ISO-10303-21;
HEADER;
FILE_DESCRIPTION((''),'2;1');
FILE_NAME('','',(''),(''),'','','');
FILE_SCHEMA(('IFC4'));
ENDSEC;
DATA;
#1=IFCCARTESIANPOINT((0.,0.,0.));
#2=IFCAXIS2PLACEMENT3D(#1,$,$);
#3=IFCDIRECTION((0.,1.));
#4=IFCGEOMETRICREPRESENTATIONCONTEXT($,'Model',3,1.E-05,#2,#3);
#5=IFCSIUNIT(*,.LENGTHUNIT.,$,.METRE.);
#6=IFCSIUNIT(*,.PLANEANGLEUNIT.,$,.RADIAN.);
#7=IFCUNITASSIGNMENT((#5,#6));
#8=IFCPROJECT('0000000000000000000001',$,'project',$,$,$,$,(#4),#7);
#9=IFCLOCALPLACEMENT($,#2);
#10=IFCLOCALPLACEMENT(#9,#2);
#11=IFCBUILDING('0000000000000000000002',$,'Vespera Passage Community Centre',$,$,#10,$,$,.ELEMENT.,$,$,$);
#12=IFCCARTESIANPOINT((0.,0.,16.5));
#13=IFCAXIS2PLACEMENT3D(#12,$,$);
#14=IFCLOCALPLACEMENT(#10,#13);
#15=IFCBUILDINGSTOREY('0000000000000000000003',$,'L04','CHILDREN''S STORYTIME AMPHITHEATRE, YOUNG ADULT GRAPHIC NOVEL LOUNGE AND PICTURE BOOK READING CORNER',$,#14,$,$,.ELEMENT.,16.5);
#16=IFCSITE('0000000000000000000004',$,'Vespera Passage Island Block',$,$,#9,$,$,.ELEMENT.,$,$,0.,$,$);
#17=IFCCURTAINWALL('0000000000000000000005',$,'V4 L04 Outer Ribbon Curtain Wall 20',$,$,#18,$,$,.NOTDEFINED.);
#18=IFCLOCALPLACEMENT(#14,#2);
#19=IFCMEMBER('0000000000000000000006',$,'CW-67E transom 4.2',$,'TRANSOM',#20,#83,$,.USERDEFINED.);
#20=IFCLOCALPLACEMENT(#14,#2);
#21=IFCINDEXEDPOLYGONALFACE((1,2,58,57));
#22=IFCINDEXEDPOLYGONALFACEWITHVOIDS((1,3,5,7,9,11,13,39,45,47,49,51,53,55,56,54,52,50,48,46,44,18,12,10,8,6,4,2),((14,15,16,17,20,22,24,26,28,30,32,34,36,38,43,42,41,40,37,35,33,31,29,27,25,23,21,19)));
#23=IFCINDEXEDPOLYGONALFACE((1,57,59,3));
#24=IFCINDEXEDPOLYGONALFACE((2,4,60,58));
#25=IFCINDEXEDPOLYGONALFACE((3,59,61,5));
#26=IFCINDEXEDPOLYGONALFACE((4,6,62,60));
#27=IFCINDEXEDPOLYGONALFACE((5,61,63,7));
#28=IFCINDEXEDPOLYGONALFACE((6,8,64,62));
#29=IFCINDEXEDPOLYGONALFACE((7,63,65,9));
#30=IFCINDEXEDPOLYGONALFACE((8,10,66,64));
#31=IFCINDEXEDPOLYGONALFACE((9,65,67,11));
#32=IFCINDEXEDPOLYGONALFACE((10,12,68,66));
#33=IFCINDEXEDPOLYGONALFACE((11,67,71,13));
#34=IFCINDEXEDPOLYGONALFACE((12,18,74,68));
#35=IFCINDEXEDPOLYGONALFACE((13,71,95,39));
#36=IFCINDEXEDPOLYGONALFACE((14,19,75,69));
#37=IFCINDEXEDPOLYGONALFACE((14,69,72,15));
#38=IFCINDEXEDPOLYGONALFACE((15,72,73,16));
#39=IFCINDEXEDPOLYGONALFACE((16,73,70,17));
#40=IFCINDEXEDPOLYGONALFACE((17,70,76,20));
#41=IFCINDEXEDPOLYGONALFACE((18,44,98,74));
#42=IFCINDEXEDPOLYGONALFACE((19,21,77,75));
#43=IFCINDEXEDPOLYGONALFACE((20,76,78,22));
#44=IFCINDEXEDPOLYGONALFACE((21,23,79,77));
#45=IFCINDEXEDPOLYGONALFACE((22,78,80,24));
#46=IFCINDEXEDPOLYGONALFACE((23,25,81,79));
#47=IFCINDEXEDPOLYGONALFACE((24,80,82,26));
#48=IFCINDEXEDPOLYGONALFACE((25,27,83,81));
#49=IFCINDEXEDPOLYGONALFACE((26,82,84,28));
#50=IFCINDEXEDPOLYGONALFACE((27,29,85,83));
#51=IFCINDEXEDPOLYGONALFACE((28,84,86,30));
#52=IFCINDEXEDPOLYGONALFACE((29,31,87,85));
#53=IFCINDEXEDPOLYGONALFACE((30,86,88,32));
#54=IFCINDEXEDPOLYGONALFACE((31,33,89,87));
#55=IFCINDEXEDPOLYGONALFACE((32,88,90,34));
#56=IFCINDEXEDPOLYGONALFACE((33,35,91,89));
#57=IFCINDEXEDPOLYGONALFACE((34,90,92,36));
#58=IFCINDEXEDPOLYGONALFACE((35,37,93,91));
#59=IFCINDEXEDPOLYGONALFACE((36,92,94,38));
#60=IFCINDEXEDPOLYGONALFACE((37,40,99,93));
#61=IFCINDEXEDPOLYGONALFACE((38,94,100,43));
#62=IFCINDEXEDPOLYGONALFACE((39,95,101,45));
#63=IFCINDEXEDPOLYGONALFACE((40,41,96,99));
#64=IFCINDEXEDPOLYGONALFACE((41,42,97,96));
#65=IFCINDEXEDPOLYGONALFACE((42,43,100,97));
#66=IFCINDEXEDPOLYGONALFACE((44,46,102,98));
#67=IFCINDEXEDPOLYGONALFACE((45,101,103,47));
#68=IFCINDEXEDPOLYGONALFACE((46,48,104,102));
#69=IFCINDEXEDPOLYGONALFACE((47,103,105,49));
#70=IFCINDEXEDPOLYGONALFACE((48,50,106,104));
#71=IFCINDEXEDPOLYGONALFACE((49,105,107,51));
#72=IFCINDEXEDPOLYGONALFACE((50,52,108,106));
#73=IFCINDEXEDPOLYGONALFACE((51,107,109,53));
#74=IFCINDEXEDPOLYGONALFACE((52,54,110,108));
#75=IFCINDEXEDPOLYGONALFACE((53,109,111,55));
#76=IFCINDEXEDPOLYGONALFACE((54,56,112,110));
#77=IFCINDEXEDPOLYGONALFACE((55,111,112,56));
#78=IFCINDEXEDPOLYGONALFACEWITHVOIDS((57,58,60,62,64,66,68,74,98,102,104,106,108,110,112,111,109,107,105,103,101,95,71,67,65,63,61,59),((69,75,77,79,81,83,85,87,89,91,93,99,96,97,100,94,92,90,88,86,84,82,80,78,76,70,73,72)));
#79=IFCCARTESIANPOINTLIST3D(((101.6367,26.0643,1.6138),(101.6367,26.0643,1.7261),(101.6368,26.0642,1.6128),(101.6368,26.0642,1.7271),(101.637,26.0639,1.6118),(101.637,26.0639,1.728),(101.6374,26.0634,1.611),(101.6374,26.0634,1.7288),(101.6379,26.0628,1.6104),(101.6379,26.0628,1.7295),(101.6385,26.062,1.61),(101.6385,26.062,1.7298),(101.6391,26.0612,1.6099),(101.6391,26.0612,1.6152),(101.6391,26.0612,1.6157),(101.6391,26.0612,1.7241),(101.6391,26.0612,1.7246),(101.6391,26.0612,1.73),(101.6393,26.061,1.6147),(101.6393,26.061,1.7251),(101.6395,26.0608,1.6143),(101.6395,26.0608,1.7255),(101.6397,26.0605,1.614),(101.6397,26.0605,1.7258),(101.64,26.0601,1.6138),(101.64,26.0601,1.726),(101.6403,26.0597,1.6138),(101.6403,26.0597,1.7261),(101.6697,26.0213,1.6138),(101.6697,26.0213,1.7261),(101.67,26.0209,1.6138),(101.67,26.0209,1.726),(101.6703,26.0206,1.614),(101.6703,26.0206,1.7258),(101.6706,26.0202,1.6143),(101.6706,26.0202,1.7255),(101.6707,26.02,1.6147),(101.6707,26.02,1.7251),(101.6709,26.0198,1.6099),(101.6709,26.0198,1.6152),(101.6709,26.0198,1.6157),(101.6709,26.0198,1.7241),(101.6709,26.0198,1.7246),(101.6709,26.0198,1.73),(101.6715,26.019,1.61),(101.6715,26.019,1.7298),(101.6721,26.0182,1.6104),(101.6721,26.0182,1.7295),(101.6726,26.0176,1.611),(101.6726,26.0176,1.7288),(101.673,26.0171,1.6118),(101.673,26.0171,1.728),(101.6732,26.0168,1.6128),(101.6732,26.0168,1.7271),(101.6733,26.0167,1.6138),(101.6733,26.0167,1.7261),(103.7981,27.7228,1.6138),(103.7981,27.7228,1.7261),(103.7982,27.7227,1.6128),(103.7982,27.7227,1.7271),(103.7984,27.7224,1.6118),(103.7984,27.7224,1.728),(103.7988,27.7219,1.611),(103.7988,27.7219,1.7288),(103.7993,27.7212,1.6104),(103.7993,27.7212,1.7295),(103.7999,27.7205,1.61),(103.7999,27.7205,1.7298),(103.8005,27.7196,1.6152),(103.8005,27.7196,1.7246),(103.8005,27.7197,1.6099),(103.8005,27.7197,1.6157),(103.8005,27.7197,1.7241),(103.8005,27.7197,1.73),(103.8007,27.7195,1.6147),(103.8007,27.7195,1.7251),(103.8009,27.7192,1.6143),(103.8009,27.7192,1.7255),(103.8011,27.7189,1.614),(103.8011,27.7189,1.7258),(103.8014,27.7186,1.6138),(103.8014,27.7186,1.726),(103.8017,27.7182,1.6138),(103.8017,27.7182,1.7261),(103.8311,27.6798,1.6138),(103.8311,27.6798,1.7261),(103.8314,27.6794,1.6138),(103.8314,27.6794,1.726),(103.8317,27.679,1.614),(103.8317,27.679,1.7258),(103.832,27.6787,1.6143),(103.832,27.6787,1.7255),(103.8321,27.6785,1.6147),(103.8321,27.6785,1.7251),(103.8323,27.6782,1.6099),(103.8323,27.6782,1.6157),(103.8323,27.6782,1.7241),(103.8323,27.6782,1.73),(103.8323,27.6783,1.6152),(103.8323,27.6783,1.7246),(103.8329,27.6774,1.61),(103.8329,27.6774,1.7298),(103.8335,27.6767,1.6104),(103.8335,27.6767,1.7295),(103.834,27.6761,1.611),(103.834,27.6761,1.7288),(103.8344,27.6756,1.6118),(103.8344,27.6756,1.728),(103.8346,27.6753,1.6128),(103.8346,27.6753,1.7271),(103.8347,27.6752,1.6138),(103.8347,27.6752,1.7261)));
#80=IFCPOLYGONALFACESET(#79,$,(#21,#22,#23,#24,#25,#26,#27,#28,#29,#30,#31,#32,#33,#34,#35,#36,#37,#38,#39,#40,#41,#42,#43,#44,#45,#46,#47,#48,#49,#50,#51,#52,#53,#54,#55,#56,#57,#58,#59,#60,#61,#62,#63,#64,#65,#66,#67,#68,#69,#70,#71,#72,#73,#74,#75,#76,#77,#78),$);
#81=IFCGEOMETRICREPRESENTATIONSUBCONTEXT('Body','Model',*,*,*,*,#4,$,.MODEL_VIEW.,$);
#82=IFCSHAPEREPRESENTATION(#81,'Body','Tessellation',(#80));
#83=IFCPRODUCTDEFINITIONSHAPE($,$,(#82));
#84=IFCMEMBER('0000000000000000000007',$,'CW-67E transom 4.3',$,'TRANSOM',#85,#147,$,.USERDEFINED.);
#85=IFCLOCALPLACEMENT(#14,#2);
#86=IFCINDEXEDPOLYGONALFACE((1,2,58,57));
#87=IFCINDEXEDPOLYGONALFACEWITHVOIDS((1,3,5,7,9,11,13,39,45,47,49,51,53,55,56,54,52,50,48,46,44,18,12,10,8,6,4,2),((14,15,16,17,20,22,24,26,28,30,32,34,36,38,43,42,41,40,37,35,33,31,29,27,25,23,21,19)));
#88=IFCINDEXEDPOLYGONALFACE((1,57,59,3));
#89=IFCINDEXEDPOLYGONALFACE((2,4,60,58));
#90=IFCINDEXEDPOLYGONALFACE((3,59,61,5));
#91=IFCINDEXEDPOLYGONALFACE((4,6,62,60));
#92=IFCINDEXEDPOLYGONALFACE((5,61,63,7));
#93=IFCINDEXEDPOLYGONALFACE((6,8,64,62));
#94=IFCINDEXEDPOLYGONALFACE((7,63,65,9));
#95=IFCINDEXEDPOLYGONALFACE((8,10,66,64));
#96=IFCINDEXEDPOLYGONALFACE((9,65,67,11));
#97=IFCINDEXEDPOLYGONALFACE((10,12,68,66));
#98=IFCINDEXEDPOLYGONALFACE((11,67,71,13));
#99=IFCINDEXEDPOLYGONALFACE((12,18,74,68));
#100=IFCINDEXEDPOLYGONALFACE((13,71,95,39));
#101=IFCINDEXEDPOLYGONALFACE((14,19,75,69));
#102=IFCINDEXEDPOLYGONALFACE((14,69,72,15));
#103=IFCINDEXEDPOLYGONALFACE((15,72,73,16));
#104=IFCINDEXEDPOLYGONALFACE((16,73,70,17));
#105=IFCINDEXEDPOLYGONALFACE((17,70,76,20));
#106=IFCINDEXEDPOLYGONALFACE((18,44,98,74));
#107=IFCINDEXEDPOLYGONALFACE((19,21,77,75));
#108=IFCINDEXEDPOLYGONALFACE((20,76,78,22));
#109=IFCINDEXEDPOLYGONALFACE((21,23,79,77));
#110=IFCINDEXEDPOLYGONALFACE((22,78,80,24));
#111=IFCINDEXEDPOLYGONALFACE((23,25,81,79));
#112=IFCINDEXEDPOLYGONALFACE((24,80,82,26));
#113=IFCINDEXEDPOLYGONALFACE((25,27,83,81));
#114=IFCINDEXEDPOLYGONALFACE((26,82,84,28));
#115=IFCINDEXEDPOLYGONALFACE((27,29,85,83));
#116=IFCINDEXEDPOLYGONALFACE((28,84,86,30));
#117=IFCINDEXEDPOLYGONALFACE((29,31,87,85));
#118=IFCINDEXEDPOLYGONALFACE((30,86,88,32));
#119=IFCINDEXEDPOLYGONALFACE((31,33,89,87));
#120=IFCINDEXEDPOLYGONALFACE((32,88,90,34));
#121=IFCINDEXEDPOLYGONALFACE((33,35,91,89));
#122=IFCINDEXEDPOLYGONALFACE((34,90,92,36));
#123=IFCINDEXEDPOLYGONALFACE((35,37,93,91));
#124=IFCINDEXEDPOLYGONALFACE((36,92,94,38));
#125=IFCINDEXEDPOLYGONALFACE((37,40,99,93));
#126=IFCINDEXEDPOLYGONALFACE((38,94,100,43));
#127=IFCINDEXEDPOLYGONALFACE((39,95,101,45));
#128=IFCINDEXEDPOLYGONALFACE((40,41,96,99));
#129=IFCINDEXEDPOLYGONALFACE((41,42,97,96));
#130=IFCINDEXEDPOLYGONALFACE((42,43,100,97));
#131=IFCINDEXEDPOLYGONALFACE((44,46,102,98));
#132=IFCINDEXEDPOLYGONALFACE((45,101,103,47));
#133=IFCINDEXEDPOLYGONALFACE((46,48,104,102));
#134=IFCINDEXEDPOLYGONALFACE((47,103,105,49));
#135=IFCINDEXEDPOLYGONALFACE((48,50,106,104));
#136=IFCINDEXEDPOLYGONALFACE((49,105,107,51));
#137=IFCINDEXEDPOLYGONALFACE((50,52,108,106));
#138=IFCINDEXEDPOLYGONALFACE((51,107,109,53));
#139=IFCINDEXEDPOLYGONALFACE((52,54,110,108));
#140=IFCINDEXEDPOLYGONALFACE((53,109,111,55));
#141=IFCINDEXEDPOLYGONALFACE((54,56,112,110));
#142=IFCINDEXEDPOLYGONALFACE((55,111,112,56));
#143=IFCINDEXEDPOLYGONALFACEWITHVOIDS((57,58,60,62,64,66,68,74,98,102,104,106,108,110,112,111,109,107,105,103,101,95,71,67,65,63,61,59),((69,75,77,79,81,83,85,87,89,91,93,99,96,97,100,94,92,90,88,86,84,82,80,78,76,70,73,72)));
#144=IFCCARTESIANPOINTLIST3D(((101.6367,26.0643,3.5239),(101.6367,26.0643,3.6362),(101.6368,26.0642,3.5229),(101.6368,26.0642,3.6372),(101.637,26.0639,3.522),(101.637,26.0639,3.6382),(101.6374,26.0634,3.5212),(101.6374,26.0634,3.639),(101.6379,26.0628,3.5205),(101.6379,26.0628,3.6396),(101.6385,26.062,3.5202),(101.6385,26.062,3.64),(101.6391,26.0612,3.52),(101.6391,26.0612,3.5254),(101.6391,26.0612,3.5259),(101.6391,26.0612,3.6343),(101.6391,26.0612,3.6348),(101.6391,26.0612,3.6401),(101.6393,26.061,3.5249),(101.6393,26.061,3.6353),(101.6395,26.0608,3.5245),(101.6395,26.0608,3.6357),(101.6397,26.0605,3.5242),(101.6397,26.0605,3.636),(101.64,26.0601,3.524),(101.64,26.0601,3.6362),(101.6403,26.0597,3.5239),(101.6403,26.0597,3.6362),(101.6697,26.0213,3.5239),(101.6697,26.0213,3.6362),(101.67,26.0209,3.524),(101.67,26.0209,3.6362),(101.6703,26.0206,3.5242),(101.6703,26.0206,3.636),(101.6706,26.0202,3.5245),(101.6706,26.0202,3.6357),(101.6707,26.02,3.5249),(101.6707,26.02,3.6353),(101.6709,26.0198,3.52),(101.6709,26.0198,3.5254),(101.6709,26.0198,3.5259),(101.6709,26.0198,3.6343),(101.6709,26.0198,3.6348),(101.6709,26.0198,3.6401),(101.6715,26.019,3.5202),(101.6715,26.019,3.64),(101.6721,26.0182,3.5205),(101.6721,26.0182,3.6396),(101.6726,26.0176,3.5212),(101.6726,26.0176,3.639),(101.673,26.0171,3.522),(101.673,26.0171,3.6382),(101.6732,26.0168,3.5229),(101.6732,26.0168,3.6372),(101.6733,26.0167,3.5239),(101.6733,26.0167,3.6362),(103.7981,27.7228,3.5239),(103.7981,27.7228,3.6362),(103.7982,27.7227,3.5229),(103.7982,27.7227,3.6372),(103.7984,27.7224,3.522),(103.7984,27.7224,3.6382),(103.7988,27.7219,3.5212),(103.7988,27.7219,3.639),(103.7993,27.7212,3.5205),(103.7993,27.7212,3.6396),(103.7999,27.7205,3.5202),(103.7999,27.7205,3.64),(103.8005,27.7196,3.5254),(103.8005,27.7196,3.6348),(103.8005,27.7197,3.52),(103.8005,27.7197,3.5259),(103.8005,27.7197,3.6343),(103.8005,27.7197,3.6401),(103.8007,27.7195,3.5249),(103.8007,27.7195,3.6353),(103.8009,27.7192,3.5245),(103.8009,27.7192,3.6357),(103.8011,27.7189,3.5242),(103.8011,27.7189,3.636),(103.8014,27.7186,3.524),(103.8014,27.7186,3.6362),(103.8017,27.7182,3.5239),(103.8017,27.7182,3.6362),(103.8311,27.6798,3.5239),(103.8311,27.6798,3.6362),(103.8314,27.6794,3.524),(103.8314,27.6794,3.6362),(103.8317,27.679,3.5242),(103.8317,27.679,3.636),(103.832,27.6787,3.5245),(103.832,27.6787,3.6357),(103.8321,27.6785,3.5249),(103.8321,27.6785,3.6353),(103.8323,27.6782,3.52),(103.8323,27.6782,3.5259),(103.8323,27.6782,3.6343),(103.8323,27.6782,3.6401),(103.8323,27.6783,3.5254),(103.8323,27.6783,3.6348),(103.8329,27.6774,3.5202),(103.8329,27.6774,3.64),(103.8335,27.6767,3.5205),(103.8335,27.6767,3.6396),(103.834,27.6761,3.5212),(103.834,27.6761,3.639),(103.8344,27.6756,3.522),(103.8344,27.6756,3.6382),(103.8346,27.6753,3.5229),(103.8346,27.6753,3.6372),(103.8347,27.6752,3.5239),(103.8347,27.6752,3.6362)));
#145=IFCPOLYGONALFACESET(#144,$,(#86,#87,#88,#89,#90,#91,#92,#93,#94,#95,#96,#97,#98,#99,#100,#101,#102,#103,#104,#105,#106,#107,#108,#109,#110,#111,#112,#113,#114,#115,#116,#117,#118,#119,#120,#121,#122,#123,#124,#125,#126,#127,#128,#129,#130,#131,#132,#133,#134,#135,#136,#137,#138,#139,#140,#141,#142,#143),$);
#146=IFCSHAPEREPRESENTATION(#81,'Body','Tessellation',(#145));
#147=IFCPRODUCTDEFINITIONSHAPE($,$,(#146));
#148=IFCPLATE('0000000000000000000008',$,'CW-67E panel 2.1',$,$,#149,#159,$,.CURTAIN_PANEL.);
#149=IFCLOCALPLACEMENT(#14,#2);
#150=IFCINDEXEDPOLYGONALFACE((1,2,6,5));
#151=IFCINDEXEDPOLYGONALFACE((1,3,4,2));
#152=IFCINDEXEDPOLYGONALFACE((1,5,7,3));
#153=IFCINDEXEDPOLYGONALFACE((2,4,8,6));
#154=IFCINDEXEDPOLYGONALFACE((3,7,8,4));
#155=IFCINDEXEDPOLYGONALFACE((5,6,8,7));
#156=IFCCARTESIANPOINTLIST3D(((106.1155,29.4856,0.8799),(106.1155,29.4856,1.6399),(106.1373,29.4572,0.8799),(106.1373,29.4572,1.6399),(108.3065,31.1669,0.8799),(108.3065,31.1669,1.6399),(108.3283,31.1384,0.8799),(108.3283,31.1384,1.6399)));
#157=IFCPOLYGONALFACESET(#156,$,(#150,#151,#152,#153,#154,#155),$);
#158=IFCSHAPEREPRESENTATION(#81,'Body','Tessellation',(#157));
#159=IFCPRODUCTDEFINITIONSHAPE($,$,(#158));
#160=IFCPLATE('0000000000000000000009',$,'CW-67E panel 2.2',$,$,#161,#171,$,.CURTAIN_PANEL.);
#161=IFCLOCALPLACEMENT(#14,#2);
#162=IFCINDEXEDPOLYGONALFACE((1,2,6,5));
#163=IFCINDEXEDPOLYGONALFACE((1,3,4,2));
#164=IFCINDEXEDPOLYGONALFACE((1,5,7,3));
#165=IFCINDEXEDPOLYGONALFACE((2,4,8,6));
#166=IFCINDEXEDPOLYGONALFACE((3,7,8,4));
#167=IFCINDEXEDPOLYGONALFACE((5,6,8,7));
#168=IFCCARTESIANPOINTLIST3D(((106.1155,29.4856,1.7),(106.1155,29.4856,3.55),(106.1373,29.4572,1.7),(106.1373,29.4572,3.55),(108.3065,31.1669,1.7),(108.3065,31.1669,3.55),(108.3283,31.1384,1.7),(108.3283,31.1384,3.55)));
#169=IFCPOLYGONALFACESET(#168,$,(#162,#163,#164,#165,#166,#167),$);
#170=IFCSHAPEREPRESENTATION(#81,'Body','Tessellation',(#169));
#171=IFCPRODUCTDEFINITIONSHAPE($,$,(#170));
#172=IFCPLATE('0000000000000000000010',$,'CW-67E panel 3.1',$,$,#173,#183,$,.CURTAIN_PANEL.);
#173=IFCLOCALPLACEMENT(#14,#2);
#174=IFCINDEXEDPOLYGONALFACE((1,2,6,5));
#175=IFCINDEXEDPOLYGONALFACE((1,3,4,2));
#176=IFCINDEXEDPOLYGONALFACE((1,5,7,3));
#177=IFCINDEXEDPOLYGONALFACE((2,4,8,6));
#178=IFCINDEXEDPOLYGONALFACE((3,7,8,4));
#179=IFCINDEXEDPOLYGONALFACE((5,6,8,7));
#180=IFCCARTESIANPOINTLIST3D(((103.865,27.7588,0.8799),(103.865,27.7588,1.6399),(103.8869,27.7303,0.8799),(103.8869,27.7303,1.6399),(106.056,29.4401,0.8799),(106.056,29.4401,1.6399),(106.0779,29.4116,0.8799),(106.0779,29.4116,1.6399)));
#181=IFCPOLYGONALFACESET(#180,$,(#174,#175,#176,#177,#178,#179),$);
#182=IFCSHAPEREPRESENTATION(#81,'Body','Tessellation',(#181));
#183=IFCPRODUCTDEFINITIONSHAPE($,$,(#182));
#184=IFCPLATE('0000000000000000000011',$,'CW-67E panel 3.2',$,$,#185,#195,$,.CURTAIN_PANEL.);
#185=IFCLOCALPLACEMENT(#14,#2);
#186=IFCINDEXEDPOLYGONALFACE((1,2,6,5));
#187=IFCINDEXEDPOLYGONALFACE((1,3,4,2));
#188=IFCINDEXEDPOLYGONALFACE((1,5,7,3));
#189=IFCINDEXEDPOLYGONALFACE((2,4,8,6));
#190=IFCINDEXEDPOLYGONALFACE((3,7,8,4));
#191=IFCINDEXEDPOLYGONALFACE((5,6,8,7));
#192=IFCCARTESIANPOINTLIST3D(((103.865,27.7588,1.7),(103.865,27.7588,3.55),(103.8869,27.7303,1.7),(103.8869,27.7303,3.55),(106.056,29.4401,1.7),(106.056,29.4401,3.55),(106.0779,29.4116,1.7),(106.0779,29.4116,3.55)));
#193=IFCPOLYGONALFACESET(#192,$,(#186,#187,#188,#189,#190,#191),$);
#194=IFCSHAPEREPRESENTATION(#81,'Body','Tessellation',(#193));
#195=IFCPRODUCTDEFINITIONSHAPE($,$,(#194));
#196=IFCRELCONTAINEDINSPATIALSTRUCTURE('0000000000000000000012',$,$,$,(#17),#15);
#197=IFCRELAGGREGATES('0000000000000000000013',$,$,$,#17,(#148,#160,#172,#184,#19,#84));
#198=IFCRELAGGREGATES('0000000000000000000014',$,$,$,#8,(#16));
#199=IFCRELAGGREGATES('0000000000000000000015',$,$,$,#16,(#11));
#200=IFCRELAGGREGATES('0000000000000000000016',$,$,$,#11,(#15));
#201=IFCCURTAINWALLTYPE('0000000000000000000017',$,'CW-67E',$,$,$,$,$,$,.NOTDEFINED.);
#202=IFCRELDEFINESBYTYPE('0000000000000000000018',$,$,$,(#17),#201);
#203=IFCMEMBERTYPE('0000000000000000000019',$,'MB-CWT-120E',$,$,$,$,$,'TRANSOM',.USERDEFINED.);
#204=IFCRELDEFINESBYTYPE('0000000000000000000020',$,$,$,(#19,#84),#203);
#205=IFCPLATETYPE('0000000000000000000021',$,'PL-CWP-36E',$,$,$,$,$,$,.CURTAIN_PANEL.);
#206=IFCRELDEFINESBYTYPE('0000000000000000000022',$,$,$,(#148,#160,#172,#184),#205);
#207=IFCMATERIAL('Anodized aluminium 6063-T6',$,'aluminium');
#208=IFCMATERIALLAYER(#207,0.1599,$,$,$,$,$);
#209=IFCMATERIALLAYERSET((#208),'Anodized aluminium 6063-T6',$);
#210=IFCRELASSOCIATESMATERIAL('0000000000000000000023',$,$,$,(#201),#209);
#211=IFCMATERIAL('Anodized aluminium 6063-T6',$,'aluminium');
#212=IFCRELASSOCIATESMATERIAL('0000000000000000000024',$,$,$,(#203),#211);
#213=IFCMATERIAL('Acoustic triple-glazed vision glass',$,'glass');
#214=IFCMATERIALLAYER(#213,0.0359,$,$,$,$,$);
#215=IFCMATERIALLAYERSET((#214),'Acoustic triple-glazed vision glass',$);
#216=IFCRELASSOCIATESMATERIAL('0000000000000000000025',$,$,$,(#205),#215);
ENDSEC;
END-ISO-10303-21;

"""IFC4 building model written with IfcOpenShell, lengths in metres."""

from ifc_helpers import new_model, si_unit, direction, frame, origin, origin_2d, place, context, subcontext, project, spatial, rectangle, hollow_rectangle, extrude, material, layer, layer_set, material_profile, profile_set, type_object, element, aggregate, save


model = new_model("IFC4")

# Units and contexts
model_context = context("Model", 3, precision=1e-05, world=origin(), true_north=direction((0.0, 1.0)))
body_context = subcontext(model_context, "Body", "Model", "MODEL_VIEW")
ifc_project = project(units=[si_unit("LENGTHUNIT", "METRE"), si_unit("PLANEANGLEUNIT", "RADIAN")], contexts=[model_context])

# Site, building, storey
site_placement = place(None, origin())
site = spatial("IfcSite", under=ifc_project, at=site_placement, Name="Vespera Passage Island Block", CompositionType="ELEMENT", RefElevation=0.0)
building_placement = place(site_placement, origin())
building = spatial("IfcBuilding", under=site, at=building_placement, Name="Vespera Passage Community Centre", CompositionType="ELEMENT")
storey_placement = place(building_placement, frame((0.0, 0.0, 16.5)))
storey = spatial("IfcBuildingStorey", under=building, at=storey_placement, Name="L04", Description="CHILDREN'S STORYTIME AMPHITHEATRE, YOUNG ADULT GRAPHIC NOVEL LOUNGE AND PICTURE BOOK READING CORNER", CompositionType="ELEMENT", Elevation=16.5)

# Curtain wall
ifc_material_1 = material(Name="Anodized aluminium 6063-T6", Category="aluminium")
ifc_layer_1 = layer(ifc_material_1, 0.1599)
ifc_layer_set_1 = layer_set([ifc_layer_1], Name="Anodized aluminium 6063-T6")
curtain_wall_type_1 = type_object("IfcCurtainWallType", Name="CW-67E", PredefinedType="NOTDEFINED", material=ifc_layer_set_1)
curtain_wall_1_placement = place(storey_placement, origin())
curtain_wall_1 = element("IfcCurtainWall", 1, at=curtain_wall_1_placement, inside=storey, type_object=curtain_wall_type_1, Name="V4 L04 Outer Ribbon Curtain Wall 20", PredefinedType="NOTDEFINED")

# Members
ifc_material_2 = material(Name="Anodized aluminium 6063-T6", Category="aluminium")
ifc_material_profile_1 = material_profile(ifc_material_2, hollow_rectangle(XDim=0.0601, YDim=0.1201, WallThickness=0.0039, InnerFilletRadius=0.002, OuterFilletRadius=0.0039, at=origin_2d()), Name="ALU120X60X4")
ifc_profile_set_1 = profile_set([ifc_material_profile_1], Name="Anodized aluminium 6063-T6")
member_type_1 = type_object("IfcMemberType", Name="MB-CWT-120E", ElementType="TRANSOM", PredefinedType="USERDEFINED", material=ifc_profile_set_1)
member_1_placement = place(storey_placement, frame((103.8164, 27.699, 1.6699), z_axis=(-0.79336, -0.608753, 0.0), x_axis=(0.608753, -0.79336, 0.0)))
member_1 = element("IfcMember", 2, at=member_1_placement, type_object=member_type_1, Name="CW-67E transom 4.2", ObjectType="TRANSOM", PredefinedType="USERDEFINED", context=body_context, shape_type="SweptSolid", body=[
    extrude(hollow_rectangle(XDim=0.0601, YDim=0.1201, WallThickness=0.0039, InnerFilletRadius=0.002, OuterFilletRadius=0.0039, at=origin_2d()), origin(), (0.0, 0.0, 1.0), 2.7244),
])
member_2_placement = place(storey_placement, frame((103.8164, 27.699, 3.5801), z_axis=(-0.79336, -0.608753, 0.0), x_axis=(0.608753, -0.79336, 0.0)))
member_2 = element("IfcMember", 3, at=member_2_placement, type_object=member_type_1, Name="CW-67E transom 4.3", ObjectType="TRANSOM", PredefinedType="USERDEFINED", context=body_context, shape_type="SweptSolid", body=[
    extrude(hollow_rectangle(XDim=0.0601, YDim=0.1201, WallThickness=0.0039, InnerFilletRadius=0.002, OuterFilletRadius=0.0039, at=origin_2d()), origin(), (0.0, 0.0, 1.0), 2.7244),
])

# Plates
ifc_material_3 = material(Name="Acoustic triple-glazed vision glass", Category="glass")
ifc_layer_2 = layer(ifc_material_3, 0.0359)
ifc_layer_set_2 = layer_set([ifc_layer_2], Name="Acoustic triple-glazed vision glass")
plate_type = type_object("IfcPlateType", Name="PL-CWP-36E", PredefinedType="CURTAIN_PANEL", material=ifc_layer_set_2)
plate_1_placement = place(storey_placement, frame((107.2219, 30.312, 0.8799), z_axis=(0.0, 0.0, 1.0), x_axis=(-0.793348, -0.608768, 0.0)))
plate_1 = element("IfcPlate", 4, at=plate_1_placement, type_object=plate_type, Name="CW-67E panel 2.1", PredefinedType="CURTAIN_PANEL", context=body_context, shape_type="SweptSolid", body=[
    extrude(rectangle(XDim=2.7617, YDim=0.0359, at=origin_2d()), origin(), (0.0, 0.0, 1.0), 0.76),
])
plate_2_placement = place(storey_placement, frame((107.2219, 30.312, 1.7), z_axis=(0.0, 0.0, 1.0), x_axis=(-0.793348, -0.608768, 0.0)))
plate_2 = element("IfcPlate", 5, at=plate_2_placement, type_object=plate_type, Name="CW-67E panel 2.2", PredefinedType="CURTAIN_PANEL", context=body_context, shape_type="SweptSolid", body=[
    extrude(rectangle(XDim=2.7617, YDim=0.0359, at=origin_2d()), origin(), (0.0, 0.0, 1.0), 1.8501),
])
plate_3_placement = place(storey_placement, frame((104.9714, 28.5852, 0.8799), z_axis=(0.0, 0.0, 1.0), x_axis=(-0.793348, -0.608768, 0.0)))
plate_3 = element("IfcPlate", 6, at=plate_3_placement, type_object=plate_type, Name="CW-67E panel 3.1", PredefinedType="CURTAIN_PANEL", context=body_context, shape_type="SweptSolid", body=[
    extrude(rectangle(XDim=2.7617, YDim=0.0359, at=origin_2d()), origin(), (0.0, 0.0, 1.0), 0.76),
])
plate_4_placement = place(storey_placement, frame((104.9714, 28.5852, 1.7), z_axis=(0.0, 0.0, 1.0), x_axis=(-0.793348, -0.608768, 0.0)))
plate_4 = element("IfcPlate", 7, at=plate_4_placement, type_object=plate_type, Name="CW-67E panel 3.2", PredefinedType="CURTAIN_PANEL", context=body_context, shape_type="SweptSolid", body=[
    extrude(rectangle(XDim=2.7617, YDim=0.0359, at=origin_2d()), origin(), (0.0, 0.0, 1.0), 1.8501),
])
aggregate(curtain_wall_1, [plate_1, plate_2, plate_3, plate_4, member_1, member_2])

save(model, "model.ifc")
